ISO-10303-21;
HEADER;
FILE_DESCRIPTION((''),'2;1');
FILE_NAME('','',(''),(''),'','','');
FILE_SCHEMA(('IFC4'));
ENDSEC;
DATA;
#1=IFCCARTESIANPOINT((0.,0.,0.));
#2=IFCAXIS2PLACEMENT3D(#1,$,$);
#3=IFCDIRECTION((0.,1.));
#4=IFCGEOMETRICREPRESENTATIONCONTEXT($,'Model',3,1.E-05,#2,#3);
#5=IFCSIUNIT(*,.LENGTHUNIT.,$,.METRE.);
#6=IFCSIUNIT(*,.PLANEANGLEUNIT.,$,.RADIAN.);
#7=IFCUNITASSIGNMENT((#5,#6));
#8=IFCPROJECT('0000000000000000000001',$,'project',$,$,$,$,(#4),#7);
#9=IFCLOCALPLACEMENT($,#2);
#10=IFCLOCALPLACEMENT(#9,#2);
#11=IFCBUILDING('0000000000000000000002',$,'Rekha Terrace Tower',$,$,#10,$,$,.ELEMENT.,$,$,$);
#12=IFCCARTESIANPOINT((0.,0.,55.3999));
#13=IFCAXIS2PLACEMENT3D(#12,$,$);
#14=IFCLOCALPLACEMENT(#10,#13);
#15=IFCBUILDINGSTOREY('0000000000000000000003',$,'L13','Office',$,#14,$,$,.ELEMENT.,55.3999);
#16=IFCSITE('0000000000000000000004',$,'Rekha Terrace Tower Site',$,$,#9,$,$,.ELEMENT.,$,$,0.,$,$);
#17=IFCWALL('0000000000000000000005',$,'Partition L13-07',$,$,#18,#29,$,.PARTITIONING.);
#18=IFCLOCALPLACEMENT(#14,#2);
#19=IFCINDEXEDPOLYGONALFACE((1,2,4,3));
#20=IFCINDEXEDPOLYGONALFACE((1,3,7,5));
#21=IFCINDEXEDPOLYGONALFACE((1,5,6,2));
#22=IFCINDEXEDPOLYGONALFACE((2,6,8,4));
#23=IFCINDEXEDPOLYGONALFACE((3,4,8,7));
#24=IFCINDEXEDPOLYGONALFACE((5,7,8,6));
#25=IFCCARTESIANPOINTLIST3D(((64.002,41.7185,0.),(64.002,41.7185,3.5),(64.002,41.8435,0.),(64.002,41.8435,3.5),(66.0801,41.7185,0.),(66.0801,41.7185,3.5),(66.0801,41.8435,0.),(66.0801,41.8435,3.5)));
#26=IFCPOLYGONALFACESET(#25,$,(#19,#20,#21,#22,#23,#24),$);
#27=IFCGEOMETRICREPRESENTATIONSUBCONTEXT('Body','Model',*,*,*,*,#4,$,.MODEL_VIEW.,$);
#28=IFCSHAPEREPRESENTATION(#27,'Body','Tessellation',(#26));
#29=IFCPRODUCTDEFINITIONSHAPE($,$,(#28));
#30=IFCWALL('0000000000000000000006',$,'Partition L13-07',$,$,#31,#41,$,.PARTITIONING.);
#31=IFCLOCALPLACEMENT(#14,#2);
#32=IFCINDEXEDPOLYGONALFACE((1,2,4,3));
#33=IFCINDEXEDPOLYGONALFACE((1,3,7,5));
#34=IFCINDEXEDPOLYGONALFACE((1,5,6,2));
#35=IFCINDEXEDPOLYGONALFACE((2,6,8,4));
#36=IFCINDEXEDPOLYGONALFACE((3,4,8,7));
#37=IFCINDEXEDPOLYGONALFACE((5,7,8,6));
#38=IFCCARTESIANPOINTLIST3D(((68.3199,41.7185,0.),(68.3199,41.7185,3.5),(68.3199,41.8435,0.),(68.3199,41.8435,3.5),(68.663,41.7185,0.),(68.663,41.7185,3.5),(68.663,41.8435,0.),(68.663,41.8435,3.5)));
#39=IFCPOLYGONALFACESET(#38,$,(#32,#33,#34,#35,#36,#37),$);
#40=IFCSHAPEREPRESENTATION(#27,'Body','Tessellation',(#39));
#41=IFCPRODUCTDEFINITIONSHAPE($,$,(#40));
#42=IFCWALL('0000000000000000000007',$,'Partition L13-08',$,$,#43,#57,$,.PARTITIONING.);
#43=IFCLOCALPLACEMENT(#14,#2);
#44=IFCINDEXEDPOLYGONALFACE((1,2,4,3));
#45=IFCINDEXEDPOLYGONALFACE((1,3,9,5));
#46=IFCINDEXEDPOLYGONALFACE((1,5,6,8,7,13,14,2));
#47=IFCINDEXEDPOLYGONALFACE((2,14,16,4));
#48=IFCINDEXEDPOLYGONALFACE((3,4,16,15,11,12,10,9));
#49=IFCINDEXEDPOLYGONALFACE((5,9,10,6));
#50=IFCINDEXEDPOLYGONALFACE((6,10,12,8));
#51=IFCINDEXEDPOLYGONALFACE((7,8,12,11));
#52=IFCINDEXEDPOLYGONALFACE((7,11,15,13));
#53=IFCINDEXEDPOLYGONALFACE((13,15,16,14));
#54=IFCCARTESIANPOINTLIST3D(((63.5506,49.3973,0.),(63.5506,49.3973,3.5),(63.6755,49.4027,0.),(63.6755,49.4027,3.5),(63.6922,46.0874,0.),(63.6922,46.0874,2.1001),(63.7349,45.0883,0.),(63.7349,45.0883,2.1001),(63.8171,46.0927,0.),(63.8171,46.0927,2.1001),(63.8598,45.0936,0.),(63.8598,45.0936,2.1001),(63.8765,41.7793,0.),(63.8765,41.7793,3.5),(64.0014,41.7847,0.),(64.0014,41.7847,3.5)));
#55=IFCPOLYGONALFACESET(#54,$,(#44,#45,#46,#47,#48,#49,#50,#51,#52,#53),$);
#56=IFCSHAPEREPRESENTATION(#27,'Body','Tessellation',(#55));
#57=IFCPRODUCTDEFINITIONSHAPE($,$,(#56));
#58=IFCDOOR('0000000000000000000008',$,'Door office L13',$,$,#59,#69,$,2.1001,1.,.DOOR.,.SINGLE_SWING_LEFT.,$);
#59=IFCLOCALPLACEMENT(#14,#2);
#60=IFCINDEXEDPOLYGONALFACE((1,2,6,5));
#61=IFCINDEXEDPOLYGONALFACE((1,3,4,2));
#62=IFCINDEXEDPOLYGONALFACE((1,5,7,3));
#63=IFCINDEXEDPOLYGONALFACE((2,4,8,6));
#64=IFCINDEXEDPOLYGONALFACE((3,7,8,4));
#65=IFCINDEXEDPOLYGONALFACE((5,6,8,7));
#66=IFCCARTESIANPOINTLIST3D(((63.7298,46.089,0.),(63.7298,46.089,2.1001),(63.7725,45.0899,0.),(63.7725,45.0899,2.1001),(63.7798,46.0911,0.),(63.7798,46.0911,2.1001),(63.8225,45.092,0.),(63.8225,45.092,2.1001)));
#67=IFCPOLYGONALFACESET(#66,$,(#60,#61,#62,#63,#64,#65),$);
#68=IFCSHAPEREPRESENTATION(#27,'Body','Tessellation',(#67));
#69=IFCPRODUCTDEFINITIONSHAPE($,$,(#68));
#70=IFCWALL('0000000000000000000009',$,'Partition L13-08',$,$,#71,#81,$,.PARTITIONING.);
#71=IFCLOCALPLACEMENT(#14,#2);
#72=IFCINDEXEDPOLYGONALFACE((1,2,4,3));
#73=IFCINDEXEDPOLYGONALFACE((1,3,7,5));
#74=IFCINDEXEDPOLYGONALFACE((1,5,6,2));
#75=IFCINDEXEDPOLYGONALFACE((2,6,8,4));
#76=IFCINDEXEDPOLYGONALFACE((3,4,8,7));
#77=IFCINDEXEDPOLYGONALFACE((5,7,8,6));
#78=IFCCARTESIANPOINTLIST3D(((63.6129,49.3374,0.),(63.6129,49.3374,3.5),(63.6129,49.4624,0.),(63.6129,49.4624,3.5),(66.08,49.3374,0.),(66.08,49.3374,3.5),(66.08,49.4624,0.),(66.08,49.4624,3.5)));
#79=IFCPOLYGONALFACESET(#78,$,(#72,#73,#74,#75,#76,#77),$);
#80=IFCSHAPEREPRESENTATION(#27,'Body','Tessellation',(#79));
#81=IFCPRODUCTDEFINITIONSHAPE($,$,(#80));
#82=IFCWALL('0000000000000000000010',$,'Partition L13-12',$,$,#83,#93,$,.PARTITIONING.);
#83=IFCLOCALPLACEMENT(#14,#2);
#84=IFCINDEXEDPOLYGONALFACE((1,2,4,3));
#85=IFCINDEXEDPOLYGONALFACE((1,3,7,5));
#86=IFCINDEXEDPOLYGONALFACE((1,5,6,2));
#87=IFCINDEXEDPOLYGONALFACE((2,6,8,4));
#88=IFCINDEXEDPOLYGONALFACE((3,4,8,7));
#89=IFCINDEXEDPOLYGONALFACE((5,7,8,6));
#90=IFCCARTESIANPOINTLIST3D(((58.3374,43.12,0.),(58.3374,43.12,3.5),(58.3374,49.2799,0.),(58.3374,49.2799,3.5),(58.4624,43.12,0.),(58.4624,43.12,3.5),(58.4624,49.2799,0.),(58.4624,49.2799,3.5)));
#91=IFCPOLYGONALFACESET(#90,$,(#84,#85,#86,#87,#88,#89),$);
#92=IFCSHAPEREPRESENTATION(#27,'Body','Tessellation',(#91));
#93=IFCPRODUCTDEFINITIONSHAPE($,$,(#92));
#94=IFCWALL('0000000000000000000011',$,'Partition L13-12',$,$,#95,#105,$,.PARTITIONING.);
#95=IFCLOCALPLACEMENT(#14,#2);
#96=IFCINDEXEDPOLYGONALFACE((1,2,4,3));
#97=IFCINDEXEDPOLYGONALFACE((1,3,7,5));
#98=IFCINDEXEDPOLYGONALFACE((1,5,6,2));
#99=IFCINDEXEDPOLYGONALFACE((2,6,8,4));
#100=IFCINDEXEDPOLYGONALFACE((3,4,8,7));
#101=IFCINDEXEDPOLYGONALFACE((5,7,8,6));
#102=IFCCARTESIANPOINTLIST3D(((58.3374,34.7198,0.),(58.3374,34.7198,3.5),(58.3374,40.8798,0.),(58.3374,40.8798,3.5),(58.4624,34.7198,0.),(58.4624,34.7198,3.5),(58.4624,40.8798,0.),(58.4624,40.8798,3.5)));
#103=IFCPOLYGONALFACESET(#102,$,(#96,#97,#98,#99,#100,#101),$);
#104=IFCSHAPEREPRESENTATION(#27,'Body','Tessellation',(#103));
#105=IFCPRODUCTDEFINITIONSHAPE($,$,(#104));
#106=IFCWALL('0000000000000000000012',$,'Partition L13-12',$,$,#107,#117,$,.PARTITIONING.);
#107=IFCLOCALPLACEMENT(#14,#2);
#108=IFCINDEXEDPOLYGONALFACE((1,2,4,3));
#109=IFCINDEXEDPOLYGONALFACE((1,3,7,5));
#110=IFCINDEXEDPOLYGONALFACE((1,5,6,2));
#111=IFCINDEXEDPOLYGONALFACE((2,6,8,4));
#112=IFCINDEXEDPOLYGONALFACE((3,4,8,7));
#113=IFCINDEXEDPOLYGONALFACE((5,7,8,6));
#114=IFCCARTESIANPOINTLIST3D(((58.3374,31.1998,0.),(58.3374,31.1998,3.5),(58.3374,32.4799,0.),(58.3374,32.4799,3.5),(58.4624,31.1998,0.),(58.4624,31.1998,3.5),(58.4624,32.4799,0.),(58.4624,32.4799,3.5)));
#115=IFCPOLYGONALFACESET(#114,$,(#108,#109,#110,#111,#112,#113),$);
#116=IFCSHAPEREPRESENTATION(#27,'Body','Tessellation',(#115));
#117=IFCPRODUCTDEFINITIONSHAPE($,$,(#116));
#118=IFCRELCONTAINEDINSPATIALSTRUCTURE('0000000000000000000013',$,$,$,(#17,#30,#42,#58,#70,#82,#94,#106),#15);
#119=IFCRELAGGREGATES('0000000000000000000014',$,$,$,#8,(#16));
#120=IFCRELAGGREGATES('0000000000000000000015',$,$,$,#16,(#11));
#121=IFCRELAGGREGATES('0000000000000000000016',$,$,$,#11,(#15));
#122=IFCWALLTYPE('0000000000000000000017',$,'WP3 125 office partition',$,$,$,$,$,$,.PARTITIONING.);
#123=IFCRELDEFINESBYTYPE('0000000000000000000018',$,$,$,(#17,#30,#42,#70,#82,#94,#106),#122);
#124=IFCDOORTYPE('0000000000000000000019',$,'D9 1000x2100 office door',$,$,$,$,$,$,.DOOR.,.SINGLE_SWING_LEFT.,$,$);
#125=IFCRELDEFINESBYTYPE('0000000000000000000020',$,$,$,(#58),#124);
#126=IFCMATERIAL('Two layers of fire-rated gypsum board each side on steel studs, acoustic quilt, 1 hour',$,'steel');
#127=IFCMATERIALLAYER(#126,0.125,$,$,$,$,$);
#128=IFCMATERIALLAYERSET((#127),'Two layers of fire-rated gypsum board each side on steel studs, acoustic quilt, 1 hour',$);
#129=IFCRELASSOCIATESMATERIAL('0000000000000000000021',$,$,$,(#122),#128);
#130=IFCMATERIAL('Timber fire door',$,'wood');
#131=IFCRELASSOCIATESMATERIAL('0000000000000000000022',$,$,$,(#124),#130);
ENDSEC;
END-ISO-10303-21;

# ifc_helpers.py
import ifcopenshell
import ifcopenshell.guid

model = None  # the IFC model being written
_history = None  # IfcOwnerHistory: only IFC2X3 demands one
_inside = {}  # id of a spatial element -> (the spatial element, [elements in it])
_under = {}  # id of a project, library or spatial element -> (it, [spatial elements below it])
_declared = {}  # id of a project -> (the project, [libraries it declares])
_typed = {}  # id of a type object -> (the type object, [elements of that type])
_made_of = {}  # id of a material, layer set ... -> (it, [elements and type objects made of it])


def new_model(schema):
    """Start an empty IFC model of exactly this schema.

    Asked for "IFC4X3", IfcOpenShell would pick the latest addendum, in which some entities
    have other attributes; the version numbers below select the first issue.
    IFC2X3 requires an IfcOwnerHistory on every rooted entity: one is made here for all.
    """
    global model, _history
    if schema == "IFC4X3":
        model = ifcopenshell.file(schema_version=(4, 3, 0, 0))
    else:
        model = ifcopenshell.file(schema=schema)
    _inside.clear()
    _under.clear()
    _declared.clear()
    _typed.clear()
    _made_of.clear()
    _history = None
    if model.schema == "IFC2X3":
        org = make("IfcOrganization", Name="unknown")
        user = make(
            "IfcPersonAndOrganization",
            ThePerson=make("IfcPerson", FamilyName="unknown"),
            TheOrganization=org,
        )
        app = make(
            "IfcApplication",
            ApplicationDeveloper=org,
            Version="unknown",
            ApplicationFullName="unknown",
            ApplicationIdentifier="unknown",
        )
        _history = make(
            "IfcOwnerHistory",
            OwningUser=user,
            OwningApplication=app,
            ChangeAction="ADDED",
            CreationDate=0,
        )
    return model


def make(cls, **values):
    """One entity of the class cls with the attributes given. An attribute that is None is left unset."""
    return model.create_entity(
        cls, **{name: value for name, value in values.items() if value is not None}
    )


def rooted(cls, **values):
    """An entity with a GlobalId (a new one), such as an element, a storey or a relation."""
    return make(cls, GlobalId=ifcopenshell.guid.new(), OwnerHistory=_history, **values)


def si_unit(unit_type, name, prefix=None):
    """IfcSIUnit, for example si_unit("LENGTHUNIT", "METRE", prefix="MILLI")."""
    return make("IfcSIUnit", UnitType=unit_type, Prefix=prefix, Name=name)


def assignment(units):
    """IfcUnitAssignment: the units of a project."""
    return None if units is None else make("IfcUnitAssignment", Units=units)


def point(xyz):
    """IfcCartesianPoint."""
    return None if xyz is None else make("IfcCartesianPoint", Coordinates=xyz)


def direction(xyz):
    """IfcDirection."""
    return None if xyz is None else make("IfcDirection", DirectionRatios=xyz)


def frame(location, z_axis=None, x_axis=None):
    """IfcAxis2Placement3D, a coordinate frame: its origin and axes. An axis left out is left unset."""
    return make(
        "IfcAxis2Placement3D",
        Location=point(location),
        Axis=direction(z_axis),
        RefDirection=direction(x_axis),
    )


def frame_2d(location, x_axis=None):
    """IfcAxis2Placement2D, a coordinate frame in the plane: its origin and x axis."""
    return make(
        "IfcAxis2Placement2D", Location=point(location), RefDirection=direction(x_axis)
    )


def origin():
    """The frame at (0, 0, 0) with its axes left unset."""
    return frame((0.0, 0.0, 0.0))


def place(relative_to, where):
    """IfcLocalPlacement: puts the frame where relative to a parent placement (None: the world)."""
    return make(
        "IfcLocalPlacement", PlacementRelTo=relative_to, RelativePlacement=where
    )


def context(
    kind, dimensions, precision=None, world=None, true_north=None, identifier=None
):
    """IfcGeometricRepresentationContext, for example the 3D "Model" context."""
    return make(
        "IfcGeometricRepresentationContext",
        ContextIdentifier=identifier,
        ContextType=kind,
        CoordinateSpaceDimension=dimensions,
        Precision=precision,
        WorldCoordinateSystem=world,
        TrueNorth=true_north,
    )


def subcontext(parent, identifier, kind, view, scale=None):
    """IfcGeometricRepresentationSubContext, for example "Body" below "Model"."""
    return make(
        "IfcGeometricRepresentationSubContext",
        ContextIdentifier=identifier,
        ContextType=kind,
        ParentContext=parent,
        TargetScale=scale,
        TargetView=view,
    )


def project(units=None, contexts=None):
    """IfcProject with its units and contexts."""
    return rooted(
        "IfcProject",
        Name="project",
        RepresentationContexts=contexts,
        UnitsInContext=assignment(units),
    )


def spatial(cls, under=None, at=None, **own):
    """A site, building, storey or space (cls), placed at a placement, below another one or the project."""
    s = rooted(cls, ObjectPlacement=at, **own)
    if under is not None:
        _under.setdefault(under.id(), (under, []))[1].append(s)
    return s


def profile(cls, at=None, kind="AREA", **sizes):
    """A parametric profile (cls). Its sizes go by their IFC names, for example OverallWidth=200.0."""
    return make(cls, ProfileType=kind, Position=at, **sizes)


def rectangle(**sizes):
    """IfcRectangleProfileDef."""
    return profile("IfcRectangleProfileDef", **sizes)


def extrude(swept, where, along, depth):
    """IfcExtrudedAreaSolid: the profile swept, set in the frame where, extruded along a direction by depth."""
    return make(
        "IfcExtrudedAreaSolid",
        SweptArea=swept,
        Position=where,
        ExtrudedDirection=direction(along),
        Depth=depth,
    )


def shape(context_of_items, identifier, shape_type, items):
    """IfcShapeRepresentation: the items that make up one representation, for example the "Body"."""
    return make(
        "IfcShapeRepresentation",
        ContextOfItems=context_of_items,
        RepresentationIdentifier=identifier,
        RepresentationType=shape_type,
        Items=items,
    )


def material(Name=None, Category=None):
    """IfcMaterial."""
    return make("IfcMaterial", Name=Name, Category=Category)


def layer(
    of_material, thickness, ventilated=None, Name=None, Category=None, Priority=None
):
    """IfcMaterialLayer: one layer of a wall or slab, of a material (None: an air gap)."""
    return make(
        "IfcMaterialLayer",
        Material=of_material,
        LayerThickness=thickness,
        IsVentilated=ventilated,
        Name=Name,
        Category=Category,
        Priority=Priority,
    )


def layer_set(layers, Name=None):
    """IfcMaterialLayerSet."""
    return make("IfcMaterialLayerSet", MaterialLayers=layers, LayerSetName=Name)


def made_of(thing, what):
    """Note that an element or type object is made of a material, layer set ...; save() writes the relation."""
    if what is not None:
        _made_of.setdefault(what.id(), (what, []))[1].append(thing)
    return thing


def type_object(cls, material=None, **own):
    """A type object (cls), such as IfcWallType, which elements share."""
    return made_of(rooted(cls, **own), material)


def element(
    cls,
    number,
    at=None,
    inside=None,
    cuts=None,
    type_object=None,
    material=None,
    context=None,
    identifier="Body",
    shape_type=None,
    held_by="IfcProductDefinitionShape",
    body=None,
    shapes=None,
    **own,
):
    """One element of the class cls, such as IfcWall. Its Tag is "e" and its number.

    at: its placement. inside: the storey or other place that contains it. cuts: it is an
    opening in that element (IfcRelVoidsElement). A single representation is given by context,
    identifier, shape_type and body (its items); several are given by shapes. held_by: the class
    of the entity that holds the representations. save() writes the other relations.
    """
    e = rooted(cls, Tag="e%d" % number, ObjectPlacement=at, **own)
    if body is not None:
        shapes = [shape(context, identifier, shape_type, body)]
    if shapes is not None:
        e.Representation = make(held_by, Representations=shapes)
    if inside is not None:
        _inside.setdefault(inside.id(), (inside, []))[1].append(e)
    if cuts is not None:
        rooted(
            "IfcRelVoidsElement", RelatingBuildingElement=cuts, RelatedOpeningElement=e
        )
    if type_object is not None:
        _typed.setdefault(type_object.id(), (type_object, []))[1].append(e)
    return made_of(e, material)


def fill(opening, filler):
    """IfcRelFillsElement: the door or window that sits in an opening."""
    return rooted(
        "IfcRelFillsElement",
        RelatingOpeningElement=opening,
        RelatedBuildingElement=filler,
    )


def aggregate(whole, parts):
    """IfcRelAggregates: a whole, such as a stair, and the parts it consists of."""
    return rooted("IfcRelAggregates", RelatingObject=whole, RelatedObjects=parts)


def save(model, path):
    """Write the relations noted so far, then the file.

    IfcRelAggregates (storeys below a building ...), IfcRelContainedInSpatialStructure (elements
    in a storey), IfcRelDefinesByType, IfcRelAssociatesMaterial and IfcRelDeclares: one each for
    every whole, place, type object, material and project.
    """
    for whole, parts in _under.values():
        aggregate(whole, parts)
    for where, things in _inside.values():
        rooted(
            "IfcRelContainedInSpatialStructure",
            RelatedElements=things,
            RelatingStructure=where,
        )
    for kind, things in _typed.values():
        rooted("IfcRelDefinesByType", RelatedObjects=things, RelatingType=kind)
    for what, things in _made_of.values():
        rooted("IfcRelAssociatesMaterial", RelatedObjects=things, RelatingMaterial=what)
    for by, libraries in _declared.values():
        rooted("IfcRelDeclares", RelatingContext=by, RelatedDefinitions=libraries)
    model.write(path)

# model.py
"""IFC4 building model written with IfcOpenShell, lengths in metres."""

from ifc_helpers import new_model, si_unit, direction, frame, frame_2d, origin, place, context, subcontext, project, spatial, rectangle, extrude, material, layer, layer_set, type_object, element, fill, save


model = new_model("IFC4")

# Units and contexts
model_context = context("Model", 3, precision=1e-05, world=origin(), true_north=direction((0.0, 1.0)))
body_context = subcontext(model_context, "Body", "Model", "MODEL_VIEW")
ifc_project = project(units=[si_unit("LENGTHUNIT", "METRE"), si_unit("PLANEANGLEUNIT", "RADIAN")], contexts=[model_context])

# Site, building, storey
site_placement = place(None, origin())
site = spatial("IfcSite", under=ifc_project, at=site_placement, Name="Rekha Terrace Tower Site", CompositionType="ELEMENT", RefElevation=0.0)
building_placement = place(site_placement, origin())
building = spatial("IfcBuilding", under=site, at=building_placement, Name="Rekha Terrace Tower", CompositionType="ELEMENT")
storey_placement = place(building_placement, frame((0.0, 0.0, 55.3999)))
storey = spatial("IfcBuildingStorey", under=building, at=storey_placement, Name="L13", Description="Office", CompositionType="ELEMENT", Elevation=55.3999)

# Shared definitions
ifc_material_1 = material(Name="Two layers of fire-rated gypsum board each side on steel studs, acoustic quilt, 1 hour", Category="steel")
ifc_layer_1 = layer(ifc_material_1, 0.125)
ifc_layer_set_1 = layer_set([ifc_layer_1], Name="Two layers of fire-rated gypsum board each side on steel studs, acoustic quilt, 1 hour")
wall_type_1 = type_object("IfcWallType", Name="WP3 125 office partition", PredefinedType="PARTITIONING", material=ifc_layer_set_1)

# Shared definitions
ifc_material_2 = material(Name="Timber fire door", Category="wood")
door_type = type_object("IfcDoorType", Name="D9 1000x2100 office door", OperationType="SINGLE_SWING_LEFT", PredefinedType="DOOR", material=ifc_material_2)

# Walls
wall_1_placement = place(storey_placement, frame((64.002, 41.781, 0.0), z_axis=(0.0, 0.0, 1.0), x_axis=(1.0, 0.0, 0.0)))
element("IfcWall", 1, at=wall_1_placement, inside=storey, type_object=wall_type_1, Name="Partition L13-07", PredefinedType="PARTITIONING", context=body_context, shape_type="SweptSolid", body=[
    extrude(rectangle(XDim=2.0781, YDim=0.125, at=frame_2d((1.0391, 0.0))), origin(), (0.0, 0.0, 1.0), 3.5),
])
wall_2_placement = place(storey_placement, frame((68.3201, 41.781, 0.0), z_axis=(0.0, 0.0, 1.0), x_axis=(1.0, 0.0, 0.0)))
element("IfcWall", 2, at=wall_2_placement, inside=storey, type_object=wall_type_1, Name="Partition L13-07", PredefinedType="PARTITIONING", context=body_context, shape_type="SweptSolid", body=[
    extrude(rectangle(XDim=0.343, YDim=0.125, at=frame_2d((0.1714, 0.0))), origin(), (0.0, 0.0, 1.0), 3.5),
])

# Wall, opening, door
wall_3_placement = place(storey_placement, frame((63.939, 41.782, 0.0), z_axis=(0.0, 0.0, 1.0), x_axis=(-0.042745, 0.999086, 0.0)))
wall_3 = element("IfcWall", 3, at=wall_3_placement, inside=storey, type_object=wall_type_1, Name="Partition L13-08", PredefinedType="PARTITIONING", context=body_context, shape_type="SweptSolid", body=[
    extrude(rectangle(XDim=7.625, YDim=0.125, at=frame_2d((3.8125, 0.0))), origin(), (0.0, 0.0, 1.0), 3.5),
])
opening_1_placement = place(wall_3_placement, frame((3.312, 0.0, 0.0)))
opening_1 = element("IfcOpeningElement", 4, at=opening_1_placement, cuts=wall_3, PredefinedType="OPENING", context=body_context, shape_type="SweptSolid", body=[
    extrude(rectangle(XDim=1.0, YDim=2.1001, at=frame_2d((0.5, 1.05))), frame((0.0, 0.0725, 0.0), z_axis=(0.0, -1.0, 0.0), x_axis=(1.0, 0.0, 0.0)), (0.0, 0.0, 1.0), 0.145),
])
door_1_placement = place(opening_1_placement, origin())
door_1 = element("IfcDoor", 5, at=door_1_placement, inside=storey, type_object=door_type, Name="Door office L13", OperationType="SINGLE_SWING_LEFT", OverallHeight=2.1001, OverallWidth=1.0, PredefinedType="DOOR", context=body_context, shape_type="SweptSolid", body=[
    extrude(rectangle(XDim=1.0, YDim=2.1001, at=frame_2d((0.5, 1.05))), frame((0.0, 0.0249, 0.0), z_axis=(0.0, -1.0, 0.0), x_axis=(1.0, 0.0, 0.0)), (0.0, 0.0, 1.0), 0.05),
])
fill(opening_1, door_1)

# Walls
wall_4_placement = place(storey_placement, frame((63.613, 49.3999, 0.0), z_axis=(0.0, 0.0, 1.0), x_axis=(1.0, 0.0, 0.0)))
element("IfcWall", 6, at=wall_4_placement, inside=storey, type_object=wall_type_1, Name="Partition L13-08", PredefinedType="PARTITIONING", context=body_context, shape_type="SweptSolid", body=[
    extrude(rectangle(XDim=2.467, YDim=0.125, at=frame_2d((1.2334, 0.0))), origin(), (0.0, 0.0, 1.0), 3.5),
])
for number, where, z_axis, x_axis, name in (
    (7, (58.3999, 49.28, 0.0), (0.0, 0.0, 1.0), (0.0, -1.0, 0.0), "Partition L13-12"),
    (8, (58.3999, 40.8799, 0.0), (0.0, 0.0, 1.0), (0.0, -1.0, 0.0), "Partition L13-12"),
):
    element("IfcWall", number, at=place(storey_placement, frame(where, z_axis=z_axis, x_axis=x_axis)), inside=storey, type_object=wall_type_1, Name=name, PredefinedType="PARTITIONING", context=body_context, shape_type="SweptSolid", body=[
        extrude(rectangle(XDim=6.1599, YDim=0.125, at=frame_2d((3.0801, 0.0))), origin(), (0.0, 0.0, 1.0), 3.5),
    ])
wall_5_placement = place(storey_placement, frame((58.3999, 32.48, 0.0), z_axis=(0.0, 0.0, 1.0), x_axis=(0.0, -1.0, 0.0)))
element("IfcWall", 9, at=wall_5_placement, inside=storey, type_object=wall_type_1, Name="Partition L13-12", PredefinedType="PARTITIONING", context=body_context, shape_type="SweptSolid", body=[
    extrude(rectangle(XDim=1.28, YDim=0.125, at=frame_2d((0.6401, 0.0))), origin(), (0.0, 0.0, 1.0), 3.5),
])

save(model, "model.ifc")
